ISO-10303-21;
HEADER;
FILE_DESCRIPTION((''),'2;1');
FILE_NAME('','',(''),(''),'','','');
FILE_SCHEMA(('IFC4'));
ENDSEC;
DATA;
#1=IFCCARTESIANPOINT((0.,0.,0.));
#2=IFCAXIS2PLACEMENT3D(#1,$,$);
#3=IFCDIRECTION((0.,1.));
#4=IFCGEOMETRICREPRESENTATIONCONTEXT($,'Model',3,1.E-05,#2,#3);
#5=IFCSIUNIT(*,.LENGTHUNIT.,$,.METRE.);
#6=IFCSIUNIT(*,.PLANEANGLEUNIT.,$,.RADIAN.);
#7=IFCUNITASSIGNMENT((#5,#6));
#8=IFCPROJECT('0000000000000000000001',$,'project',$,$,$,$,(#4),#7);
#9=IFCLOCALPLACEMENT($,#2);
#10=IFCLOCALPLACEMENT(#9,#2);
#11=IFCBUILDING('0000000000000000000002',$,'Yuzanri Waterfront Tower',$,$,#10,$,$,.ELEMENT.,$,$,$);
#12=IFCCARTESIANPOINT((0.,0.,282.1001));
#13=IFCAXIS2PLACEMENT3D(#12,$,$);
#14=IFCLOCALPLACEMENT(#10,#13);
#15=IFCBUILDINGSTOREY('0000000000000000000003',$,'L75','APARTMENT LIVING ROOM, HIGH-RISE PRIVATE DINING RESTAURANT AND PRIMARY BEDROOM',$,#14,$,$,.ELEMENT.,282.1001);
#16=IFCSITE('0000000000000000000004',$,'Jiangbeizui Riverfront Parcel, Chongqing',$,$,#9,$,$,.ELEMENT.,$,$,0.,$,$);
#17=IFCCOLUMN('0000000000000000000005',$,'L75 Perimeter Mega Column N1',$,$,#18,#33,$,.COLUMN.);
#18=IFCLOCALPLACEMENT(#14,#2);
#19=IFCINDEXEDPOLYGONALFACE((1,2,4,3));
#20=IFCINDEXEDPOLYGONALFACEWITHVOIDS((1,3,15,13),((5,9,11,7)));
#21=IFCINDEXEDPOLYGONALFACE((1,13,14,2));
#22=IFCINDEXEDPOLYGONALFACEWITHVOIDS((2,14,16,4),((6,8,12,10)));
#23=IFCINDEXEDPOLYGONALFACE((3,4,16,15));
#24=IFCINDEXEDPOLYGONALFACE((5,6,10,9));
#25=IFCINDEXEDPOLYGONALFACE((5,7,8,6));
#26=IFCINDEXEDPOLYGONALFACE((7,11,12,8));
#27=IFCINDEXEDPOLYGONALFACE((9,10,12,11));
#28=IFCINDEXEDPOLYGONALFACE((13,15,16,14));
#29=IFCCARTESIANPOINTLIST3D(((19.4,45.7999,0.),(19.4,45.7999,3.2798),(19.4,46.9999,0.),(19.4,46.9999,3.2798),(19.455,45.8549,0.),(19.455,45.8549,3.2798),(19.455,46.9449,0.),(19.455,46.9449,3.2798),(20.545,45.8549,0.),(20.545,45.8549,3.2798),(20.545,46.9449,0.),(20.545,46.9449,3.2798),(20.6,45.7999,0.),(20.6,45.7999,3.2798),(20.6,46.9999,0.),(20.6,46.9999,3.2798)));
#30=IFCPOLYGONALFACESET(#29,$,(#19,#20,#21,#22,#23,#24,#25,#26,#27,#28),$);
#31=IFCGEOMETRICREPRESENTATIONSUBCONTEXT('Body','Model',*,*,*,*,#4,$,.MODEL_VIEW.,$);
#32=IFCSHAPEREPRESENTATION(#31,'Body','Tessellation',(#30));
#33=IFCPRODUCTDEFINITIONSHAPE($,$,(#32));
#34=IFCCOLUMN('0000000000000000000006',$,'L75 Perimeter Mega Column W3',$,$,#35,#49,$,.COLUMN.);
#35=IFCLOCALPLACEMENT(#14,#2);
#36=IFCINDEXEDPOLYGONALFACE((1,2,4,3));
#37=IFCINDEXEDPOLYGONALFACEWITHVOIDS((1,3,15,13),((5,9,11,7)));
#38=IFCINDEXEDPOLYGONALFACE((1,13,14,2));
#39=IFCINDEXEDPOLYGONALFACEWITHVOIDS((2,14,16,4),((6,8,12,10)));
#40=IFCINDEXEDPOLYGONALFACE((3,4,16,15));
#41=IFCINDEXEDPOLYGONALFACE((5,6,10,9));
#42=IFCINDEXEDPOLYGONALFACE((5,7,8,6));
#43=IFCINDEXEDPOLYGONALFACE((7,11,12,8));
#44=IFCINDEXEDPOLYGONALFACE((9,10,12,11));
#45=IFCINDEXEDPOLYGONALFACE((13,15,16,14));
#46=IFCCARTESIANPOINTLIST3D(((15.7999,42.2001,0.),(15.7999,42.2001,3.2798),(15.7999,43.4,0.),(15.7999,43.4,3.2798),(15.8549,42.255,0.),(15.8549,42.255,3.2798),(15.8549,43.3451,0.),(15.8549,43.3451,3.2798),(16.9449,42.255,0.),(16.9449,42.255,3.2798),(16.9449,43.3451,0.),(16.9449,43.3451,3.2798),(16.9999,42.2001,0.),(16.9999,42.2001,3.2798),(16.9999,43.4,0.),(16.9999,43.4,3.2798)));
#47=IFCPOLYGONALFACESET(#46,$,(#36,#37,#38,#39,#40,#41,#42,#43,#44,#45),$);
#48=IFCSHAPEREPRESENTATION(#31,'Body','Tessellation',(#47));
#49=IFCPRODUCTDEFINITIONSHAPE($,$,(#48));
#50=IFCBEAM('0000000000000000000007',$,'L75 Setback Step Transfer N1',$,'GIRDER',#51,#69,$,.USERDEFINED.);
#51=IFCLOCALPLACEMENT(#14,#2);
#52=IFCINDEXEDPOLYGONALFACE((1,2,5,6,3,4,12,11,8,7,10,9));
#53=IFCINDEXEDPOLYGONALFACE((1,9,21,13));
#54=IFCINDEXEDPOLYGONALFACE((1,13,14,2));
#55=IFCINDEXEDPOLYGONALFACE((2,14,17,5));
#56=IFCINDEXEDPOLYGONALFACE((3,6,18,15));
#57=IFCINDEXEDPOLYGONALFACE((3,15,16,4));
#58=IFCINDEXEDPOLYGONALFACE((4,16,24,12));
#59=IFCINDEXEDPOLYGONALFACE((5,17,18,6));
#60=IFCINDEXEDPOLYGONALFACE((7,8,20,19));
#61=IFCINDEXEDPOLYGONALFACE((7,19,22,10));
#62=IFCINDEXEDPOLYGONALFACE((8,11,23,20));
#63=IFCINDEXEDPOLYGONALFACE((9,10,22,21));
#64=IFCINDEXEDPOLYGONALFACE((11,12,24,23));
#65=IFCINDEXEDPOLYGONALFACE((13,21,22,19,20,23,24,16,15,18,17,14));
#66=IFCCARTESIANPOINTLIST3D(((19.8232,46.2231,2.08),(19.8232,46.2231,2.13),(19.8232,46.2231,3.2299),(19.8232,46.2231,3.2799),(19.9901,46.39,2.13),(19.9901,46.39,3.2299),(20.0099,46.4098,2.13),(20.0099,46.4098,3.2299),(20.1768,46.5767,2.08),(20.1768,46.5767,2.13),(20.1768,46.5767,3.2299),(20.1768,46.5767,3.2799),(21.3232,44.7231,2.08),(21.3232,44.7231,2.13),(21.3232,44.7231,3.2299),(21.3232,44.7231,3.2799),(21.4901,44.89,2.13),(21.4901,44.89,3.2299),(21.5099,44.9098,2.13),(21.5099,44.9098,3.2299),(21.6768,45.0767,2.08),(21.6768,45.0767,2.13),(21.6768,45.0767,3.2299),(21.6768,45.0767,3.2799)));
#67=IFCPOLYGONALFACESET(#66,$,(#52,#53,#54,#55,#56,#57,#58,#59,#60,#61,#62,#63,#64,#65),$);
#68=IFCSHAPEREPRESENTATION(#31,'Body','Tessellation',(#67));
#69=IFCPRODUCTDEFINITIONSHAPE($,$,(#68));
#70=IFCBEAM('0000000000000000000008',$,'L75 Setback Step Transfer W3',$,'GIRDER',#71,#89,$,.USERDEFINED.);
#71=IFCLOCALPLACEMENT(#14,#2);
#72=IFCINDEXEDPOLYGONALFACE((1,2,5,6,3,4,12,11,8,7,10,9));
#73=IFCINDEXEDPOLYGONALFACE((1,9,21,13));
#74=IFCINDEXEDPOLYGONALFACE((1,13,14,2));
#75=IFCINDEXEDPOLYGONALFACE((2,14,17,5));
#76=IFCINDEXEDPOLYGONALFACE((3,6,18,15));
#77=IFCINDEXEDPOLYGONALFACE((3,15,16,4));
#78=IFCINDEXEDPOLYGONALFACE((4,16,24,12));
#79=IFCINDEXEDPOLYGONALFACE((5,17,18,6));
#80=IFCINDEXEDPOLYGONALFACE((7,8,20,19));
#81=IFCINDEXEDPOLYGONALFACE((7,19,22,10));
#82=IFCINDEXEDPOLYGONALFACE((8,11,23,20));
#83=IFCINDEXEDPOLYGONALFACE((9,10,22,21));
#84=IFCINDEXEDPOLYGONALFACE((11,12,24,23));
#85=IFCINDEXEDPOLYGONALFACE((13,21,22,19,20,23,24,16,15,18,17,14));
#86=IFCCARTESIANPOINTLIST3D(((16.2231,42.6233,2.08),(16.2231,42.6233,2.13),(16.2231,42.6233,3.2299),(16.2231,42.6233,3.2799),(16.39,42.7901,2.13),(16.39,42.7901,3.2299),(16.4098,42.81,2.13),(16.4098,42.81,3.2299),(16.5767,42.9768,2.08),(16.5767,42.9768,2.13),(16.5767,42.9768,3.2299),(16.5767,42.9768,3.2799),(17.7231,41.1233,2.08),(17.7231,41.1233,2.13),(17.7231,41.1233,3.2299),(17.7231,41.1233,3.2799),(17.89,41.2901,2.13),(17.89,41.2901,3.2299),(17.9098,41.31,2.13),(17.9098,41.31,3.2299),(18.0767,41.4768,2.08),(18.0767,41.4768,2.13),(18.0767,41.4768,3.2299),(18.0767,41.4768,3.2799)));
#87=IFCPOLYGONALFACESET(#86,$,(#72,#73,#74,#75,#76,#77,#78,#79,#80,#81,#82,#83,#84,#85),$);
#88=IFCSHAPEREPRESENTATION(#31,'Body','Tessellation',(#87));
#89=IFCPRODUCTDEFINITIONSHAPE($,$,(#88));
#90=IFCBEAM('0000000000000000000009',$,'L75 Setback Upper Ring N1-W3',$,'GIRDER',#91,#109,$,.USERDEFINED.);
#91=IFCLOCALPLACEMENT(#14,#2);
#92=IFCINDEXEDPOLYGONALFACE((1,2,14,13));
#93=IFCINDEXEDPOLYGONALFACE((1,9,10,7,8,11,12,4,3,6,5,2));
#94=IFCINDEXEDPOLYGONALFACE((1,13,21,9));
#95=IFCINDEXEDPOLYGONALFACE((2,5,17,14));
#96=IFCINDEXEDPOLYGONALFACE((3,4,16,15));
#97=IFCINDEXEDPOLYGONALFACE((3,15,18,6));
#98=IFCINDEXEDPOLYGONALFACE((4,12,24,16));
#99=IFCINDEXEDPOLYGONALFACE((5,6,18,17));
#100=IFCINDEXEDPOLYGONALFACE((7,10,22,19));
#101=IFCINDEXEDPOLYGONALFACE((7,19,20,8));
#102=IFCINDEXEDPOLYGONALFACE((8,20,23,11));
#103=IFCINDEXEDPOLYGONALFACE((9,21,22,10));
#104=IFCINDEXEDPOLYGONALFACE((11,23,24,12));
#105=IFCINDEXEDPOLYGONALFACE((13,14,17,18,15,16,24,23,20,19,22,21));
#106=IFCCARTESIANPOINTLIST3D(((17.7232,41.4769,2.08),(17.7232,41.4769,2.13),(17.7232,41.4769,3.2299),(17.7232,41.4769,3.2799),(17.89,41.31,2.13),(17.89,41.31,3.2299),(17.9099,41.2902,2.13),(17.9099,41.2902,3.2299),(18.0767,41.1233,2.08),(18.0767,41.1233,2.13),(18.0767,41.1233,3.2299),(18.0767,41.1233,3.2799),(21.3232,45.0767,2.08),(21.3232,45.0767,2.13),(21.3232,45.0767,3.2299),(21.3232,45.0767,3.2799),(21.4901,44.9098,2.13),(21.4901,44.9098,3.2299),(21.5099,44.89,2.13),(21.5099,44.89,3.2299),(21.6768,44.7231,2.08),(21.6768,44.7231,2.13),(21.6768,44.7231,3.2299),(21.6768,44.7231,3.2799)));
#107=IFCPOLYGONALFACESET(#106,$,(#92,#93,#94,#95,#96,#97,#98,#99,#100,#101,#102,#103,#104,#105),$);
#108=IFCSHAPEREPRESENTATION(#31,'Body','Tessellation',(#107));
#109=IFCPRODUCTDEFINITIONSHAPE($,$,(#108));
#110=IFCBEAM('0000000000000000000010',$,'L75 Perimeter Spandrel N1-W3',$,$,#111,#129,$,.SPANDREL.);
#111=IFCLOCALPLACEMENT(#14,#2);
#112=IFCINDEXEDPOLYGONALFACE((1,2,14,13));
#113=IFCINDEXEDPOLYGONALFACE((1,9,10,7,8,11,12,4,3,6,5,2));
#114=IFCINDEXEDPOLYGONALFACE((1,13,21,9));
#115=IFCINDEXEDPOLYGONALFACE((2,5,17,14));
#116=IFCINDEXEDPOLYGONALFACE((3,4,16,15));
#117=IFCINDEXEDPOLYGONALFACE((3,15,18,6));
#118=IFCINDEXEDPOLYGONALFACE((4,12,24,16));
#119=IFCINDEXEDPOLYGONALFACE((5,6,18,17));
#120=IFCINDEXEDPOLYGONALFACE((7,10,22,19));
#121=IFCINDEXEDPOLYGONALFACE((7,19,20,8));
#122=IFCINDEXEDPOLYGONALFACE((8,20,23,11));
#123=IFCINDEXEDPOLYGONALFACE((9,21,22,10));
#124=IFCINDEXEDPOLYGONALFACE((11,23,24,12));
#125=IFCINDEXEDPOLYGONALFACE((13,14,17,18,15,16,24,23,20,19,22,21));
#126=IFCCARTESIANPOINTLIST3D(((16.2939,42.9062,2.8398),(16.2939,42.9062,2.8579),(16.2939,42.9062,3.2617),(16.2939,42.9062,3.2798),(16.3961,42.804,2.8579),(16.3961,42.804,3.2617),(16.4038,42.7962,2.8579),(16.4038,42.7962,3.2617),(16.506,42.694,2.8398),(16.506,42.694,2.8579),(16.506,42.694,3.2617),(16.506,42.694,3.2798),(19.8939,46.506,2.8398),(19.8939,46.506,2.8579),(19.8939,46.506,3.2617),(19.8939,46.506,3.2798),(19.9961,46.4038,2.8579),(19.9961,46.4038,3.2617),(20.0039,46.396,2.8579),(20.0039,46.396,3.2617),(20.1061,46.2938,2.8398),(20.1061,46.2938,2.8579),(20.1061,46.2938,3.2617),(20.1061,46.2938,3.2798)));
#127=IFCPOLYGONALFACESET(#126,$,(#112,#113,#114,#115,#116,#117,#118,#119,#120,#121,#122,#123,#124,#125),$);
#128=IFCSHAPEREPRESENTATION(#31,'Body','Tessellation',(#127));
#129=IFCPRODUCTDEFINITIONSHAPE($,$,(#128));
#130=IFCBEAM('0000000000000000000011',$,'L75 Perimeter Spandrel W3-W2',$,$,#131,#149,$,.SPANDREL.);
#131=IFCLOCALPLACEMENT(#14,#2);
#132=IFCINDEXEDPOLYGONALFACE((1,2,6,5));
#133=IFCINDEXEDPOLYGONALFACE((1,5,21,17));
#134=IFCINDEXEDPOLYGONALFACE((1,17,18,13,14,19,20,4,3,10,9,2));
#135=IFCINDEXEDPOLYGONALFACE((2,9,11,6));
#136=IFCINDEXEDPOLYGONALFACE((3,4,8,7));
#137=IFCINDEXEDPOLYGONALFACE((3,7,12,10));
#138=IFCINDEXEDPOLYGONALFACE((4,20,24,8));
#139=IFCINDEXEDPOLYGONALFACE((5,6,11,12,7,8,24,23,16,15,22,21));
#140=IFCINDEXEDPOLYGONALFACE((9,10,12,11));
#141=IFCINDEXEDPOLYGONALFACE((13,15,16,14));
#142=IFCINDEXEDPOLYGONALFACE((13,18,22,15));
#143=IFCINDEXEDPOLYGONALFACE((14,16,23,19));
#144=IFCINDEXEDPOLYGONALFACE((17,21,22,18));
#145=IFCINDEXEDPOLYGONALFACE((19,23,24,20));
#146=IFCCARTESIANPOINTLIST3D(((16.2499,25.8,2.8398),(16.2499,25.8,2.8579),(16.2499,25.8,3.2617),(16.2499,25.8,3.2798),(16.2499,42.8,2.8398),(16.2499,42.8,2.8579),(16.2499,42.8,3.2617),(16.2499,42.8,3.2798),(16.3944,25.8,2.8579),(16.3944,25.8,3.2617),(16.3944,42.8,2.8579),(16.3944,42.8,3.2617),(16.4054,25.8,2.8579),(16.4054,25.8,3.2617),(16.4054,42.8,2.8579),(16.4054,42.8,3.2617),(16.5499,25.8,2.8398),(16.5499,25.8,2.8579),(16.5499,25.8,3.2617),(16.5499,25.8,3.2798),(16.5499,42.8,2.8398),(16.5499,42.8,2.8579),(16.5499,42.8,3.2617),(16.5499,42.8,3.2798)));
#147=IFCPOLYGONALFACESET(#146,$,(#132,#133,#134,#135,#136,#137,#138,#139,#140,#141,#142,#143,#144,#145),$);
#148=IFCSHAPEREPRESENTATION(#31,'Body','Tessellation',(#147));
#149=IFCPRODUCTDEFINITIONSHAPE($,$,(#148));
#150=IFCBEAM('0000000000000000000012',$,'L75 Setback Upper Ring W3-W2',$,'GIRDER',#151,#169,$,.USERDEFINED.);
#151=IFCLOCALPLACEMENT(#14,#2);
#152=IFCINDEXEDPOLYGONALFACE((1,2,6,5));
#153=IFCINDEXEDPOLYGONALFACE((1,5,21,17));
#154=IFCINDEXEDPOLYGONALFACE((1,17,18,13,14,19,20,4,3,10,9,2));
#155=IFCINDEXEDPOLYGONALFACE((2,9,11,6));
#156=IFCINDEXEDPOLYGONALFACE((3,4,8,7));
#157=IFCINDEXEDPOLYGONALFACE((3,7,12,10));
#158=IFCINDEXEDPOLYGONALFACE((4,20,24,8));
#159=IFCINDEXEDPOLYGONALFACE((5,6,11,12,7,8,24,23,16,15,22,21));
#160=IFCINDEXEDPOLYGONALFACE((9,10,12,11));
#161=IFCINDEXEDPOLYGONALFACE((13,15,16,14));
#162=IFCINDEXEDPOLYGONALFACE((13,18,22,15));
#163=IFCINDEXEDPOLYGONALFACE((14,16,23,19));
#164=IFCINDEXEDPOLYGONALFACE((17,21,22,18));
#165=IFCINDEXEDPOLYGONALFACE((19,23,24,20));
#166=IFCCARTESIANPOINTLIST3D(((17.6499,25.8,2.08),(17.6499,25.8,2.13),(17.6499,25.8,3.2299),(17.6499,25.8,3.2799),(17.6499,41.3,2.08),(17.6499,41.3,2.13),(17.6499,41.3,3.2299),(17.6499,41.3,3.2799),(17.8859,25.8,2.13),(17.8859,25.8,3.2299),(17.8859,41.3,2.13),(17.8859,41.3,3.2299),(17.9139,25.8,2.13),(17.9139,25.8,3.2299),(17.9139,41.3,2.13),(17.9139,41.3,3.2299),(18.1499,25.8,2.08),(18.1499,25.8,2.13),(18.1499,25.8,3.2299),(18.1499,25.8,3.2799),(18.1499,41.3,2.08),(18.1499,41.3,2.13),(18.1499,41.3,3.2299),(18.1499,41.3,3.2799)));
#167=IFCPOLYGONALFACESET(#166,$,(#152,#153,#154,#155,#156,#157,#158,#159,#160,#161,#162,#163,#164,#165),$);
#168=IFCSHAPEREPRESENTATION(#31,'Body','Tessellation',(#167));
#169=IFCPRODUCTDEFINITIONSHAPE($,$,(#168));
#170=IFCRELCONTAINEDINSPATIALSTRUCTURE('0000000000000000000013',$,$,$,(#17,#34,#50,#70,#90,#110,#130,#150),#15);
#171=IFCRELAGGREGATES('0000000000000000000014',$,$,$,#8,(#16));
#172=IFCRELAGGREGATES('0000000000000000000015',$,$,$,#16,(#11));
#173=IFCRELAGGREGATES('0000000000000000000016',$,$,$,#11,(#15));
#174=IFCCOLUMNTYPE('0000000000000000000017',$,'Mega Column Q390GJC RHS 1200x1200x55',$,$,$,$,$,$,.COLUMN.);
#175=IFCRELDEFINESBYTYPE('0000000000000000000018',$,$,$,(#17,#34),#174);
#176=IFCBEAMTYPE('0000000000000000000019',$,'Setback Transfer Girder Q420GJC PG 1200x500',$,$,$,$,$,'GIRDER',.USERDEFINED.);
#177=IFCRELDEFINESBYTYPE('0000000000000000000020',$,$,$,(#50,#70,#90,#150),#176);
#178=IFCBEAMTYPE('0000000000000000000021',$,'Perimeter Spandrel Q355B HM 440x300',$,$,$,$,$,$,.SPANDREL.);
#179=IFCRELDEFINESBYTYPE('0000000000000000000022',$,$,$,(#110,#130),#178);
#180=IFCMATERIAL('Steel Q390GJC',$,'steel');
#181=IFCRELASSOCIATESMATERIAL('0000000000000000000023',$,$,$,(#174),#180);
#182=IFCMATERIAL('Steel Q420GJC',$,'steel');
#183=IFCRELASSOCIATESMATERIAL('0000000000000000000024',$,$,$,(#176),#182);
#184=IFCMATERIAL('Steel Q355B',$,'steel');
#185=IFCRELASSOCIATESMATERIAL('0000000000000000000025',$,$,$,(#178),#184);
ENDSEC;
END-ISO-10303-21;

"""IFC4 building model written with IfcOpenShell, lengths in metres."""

from ifc_helpers import new_model, si_unit, direction, frame, origin, origin_2d, place, context, subcontext, project, spatial, hollow_rectangle, i_section, extrude, source, transform, mapped, material, material_profile, profile_set, type_object, element, save


model = new_model("IFC4")

# Units and contexts
model_context = context("Model", 3, precision=1e-05, world=origin(), true_north=direction((0.0, 1.0)))
body_context = subcontext(model_context, "Body", "Model", "MODEL_VIEW")
ifc_project = project(units=[si_unit("LENGTHUNIT", "METRE"), si_unit("PLANEANGLEUNIT", "RADIAN")], contexts=[model_context])

# Site, building, storey
site_placement = place(None, origin())
site = spatial("IfcSite", under=ifc_project, at=site_placement, Name="Jiangbeizui Riverfront Parcel, Chongqing", CompositionType="ELEMENT", RefElevation=0.0)
building_placement = place(site_placement, origin())
building = spatial("IfcBuilding", under=site, at=building_placement, Name="Yuzanri Waterfront Tower", CompositionType="ELEMENT")
storey_placement = place(building_placement, frame((0.0, 0.0, 282.1001)))
storey = spatial("IfcBuildingStorey", under=building, at=storey_placement, Name="L75", Description="APARTMENT LIVING ROOM, HIGH-RISE PRIVATE DINING RESTAURANT AND PRIMARY BEDROOM", CompositionType="ELEMENT", Elevation=282.1001)

# Columns
ifc_material_1 = material(Name="Steel Q390GJC", Category="steel")
ifc_material_profile_1 = material_profile(ifc_material_1, hollow_rectangle(XDim=1.2, YDim=1.2, WallThickness=0.0549, at=origin_2d()), Name="RHS 1200x1200x55")
ifc_profile_set_1 = profile_set([ifc_material_profile_1], Name="Steel Q390GJC")
column_type = type_object("IfcColumnType", Name="Mega Column Q390GJC RHS 1200x1200x55", PredefinedType="COLUMN", material=ifc_profile_set_1)
shared_shape_1 = source(origin(), body_context, "Body", "SweptSolid", [
    extrude(hollow_rectangle(XDim=1.2, YDim=1.2, WallThickness=0.0549, at=origin_2d()), origin(), (0.0, 0.0, 1.0), 3.2798),
])
for number, where, z_axis, x_axis, name in (
    (1, (20.0, 46.3999, 0.0), (0.0, 0.0, 1.0), (1.0, 0.0, 0.0), "L75 Perimeter Mega Column N1"),
    (2, (16.3999, 42.8, 0.0), (0.0, 0.0, 1.0), (1.0, 0.0, 0.0), "L75 Perimeter Mega Column W3"),
):
    element("IfcColumn", number, at=place(storey_placement, frame(where, z_axis=z_axis, x_axis=x_axis)), inside=storey, type_object=column_type, Name=name, PredefinedType="COLUMN", context=body_context, shape_type="MappedRepresentation", body=[
        mapped(shared_shape_1, transform((0.0, 0.0, 0.0), scale=1.0)),
    ])

# Beams
ifc_material_2 = material(Name="Steel Q420GJC", Category="steel")
ifc_material_profile_2 = material_profile(ifc_material_2, i_section(OverallWidth=0.5, OverallDepth=1.2, WebThickness=0.0281, FlangeThickness=0.05, at=origin_2d()), Name="PG 1200x500x28x50")
ifc_profile_set_2 = profile_set([ifc_material_profile_2], Name="Steel Q420GJC")
beam_type_1 = type_object("IfcBeamType", Name="Setback Transfer Girder Q420GJC PG 1200x500", ElementType="GIRDER", PredefinedType="USERDEFINED", material=ifc_profile_set_2)
shared_shape_2 = source(origin(), body_context, "Body", "SweptSolid", [
    extrude(i_section(OverallWidth=0.5, OverallDepth=1.2, WebThickness=0.0281, FlangeThickness=0.05, at=origin_2d()), origin(), (0.0, 0.0, 1.0), 2.1213),
])
for number, where, z_axis, x_axis, name in (
    (3, (21.5, 44.8999, 2.6799), (-0.707107, 0.707107, 0.0), (-0.707107, -0.707107, 0.0), "L75 Setback Step Transfer N1"),
    (4, (17.8999, 41.3, 2.6799), (-0.707107, 0.707107, 0.0), (-0.707107, -0.707107, 0.0), "L75 Setback Step Transfer W3"),
):
    element("IfcBeam", number, at=place(storey_placement, frame(where, z_axis=z_axis, x_axis=x_axis)), inside=storey, type_object=beam_type_1, Name=name, ObjectType="GIRDER", PredefinedType="USERDEFINED", context=body_context, shape_type="MappedRepresentation", body=[
        mapped(shared_shape_2, transform((0.0, 0.0, 0.0), scale=1.0)),
    ])
shared_shape_3 = source(origin(), body_context, "Body", "SweptSolid", [
    extrude(i_section(OverallWidth=0.5, OverallDepth=1.2, WebThickness=0.0281, FlangeThickness=0.05, at=origin_2d()), origin(), (0.0, 0.0, 1.0), 5.0911),
])
beam_1_placement = place(storey_placement, frame((21.5, 44.8999, 2.6799), z_axis=(-0.707131, -0.707083, 0.0), x_axis=(0.707083, -0.707131, 0.0)))
element("IfcBeam", 5, at=beam_1_placement, inside=storey, type_object=beam_type_1, Name="L75 Setback Upper Ring N1-W3", ObjectType="GIRDER", PredefinedType="USERDEFINED", context=body_context, shape_type="MappedRepresentation", body=[
    mapped(shared_shape_3, transform((0.0, 0.0, 0.0), scale=1.0)),
])
ifc_material_3 = material(Name="Steel Q355B", Category="steel")
ifc_material_profile_3 = material_profile(ifc_material_3, i_section(OverallWidth=0.3, OverallDepth=0.4399, WebThickness=0.011, FlangeThickness=0.0181, at=origin_2d()), Name="HM 440x300x11x18")
ifc_profile_set_3 = profile_set([ifc_material_profile_3], Name="Steel Q355B")
beam_type_2 = type_object("IfcBeamType", Name="Perimeter Spandrel Q355B HM 440x300", PredefinedType="SPANDREL", material=ifc_profile_set_3)
shared_shape_4 = source(origin(), body_context, "Body", "SweptSolid", [
    extrude(i_section(OverallWidth=0.3, OverallDepth=0.4399, WebThickness=0.011, FlangeThickness=0.0181, at=origin_2d()), origin(), (0.0, 0.0, 1.0), 5.0911),
])
beam_2_placement = place(storey_placement, frame((20.0, 46.3999, 3.0598), z_axis=(-0.707131, -0.707083, 0.0), x_axis=(0.707083, -0.707131, 0.0)))
element("IfcBeam", 6, at=beam_2_placement, inside=storey, type_object=beam_type_2, Name="L75 Perimeter Spandrel N1-W3", PredefinedType="SPANDREL", context=body_context, shape_type="MappedRepresentation", body=[
    mapped(shared_shape_4, transform((0.0, 0.0, 0.0), scale=1.0)),
])
shared_shape_5 = source(origin(), body_context, "Body", "SweptSolid", [
    extrude(i_section(OverallWidth=0.3, OverallDepth=0.4399, WebThickness=0.011, FlangeThickness=0.0181, at=origin_2d()), origin(), (0.0, 0.0, 1.0), 17.0),
])
beam_3_placement = place(storey_placement, frame((16.3999, 42.8, 3.0598), z_axis=(0.0, -1.0, 0.0), x_axis=(1.0, 0.0, 0.0)))
element("IfcBeam", 7, at=beam_3_placement, inside=storey, type_object=beam_type_2, Name="L75 Perimeter Spandrel W3-W2", PredefinedType="SPANDREL", context=body_context, shape_type="MappedRepresentation", body=[
    mapped(shared_shape_5, transform((0.0, 0.0, 0.0), scale=1.0)),
])
shared_shape_6 = source(origin(), body_context, "Body", "SweptSolid", [
    extrude(i_section(OverallWidth=0.5, OverallDepth=1.2, WebThickness=0.0281, FlangeThickness=0.05, at=origin_2d()), origin(), (0.0, 0.0, 1.0), 15.5),
])
beam_4_placement = place(storey_placement, frame((17.8999, 41.3, 2.6799), z_axis=(0.0, -1.0, 0.0), x_axis=(1.0, 0.0, 0.0)))
element("IfcBeam", 8, at=beam_4_placement, inside=storey, type_object=beam_type_1, Name="L75 Setback Upper Ring W3-W2", ObjectType="GIRDER", PredefinedType="USERDEFINED", context=body_context, shape_type="MappedRepresentation", body=[
    mapped(shared_shape_6, transform((0.0, 0.0, 0.0), scale=1.0)),
])

save(model, "model.ifc")
